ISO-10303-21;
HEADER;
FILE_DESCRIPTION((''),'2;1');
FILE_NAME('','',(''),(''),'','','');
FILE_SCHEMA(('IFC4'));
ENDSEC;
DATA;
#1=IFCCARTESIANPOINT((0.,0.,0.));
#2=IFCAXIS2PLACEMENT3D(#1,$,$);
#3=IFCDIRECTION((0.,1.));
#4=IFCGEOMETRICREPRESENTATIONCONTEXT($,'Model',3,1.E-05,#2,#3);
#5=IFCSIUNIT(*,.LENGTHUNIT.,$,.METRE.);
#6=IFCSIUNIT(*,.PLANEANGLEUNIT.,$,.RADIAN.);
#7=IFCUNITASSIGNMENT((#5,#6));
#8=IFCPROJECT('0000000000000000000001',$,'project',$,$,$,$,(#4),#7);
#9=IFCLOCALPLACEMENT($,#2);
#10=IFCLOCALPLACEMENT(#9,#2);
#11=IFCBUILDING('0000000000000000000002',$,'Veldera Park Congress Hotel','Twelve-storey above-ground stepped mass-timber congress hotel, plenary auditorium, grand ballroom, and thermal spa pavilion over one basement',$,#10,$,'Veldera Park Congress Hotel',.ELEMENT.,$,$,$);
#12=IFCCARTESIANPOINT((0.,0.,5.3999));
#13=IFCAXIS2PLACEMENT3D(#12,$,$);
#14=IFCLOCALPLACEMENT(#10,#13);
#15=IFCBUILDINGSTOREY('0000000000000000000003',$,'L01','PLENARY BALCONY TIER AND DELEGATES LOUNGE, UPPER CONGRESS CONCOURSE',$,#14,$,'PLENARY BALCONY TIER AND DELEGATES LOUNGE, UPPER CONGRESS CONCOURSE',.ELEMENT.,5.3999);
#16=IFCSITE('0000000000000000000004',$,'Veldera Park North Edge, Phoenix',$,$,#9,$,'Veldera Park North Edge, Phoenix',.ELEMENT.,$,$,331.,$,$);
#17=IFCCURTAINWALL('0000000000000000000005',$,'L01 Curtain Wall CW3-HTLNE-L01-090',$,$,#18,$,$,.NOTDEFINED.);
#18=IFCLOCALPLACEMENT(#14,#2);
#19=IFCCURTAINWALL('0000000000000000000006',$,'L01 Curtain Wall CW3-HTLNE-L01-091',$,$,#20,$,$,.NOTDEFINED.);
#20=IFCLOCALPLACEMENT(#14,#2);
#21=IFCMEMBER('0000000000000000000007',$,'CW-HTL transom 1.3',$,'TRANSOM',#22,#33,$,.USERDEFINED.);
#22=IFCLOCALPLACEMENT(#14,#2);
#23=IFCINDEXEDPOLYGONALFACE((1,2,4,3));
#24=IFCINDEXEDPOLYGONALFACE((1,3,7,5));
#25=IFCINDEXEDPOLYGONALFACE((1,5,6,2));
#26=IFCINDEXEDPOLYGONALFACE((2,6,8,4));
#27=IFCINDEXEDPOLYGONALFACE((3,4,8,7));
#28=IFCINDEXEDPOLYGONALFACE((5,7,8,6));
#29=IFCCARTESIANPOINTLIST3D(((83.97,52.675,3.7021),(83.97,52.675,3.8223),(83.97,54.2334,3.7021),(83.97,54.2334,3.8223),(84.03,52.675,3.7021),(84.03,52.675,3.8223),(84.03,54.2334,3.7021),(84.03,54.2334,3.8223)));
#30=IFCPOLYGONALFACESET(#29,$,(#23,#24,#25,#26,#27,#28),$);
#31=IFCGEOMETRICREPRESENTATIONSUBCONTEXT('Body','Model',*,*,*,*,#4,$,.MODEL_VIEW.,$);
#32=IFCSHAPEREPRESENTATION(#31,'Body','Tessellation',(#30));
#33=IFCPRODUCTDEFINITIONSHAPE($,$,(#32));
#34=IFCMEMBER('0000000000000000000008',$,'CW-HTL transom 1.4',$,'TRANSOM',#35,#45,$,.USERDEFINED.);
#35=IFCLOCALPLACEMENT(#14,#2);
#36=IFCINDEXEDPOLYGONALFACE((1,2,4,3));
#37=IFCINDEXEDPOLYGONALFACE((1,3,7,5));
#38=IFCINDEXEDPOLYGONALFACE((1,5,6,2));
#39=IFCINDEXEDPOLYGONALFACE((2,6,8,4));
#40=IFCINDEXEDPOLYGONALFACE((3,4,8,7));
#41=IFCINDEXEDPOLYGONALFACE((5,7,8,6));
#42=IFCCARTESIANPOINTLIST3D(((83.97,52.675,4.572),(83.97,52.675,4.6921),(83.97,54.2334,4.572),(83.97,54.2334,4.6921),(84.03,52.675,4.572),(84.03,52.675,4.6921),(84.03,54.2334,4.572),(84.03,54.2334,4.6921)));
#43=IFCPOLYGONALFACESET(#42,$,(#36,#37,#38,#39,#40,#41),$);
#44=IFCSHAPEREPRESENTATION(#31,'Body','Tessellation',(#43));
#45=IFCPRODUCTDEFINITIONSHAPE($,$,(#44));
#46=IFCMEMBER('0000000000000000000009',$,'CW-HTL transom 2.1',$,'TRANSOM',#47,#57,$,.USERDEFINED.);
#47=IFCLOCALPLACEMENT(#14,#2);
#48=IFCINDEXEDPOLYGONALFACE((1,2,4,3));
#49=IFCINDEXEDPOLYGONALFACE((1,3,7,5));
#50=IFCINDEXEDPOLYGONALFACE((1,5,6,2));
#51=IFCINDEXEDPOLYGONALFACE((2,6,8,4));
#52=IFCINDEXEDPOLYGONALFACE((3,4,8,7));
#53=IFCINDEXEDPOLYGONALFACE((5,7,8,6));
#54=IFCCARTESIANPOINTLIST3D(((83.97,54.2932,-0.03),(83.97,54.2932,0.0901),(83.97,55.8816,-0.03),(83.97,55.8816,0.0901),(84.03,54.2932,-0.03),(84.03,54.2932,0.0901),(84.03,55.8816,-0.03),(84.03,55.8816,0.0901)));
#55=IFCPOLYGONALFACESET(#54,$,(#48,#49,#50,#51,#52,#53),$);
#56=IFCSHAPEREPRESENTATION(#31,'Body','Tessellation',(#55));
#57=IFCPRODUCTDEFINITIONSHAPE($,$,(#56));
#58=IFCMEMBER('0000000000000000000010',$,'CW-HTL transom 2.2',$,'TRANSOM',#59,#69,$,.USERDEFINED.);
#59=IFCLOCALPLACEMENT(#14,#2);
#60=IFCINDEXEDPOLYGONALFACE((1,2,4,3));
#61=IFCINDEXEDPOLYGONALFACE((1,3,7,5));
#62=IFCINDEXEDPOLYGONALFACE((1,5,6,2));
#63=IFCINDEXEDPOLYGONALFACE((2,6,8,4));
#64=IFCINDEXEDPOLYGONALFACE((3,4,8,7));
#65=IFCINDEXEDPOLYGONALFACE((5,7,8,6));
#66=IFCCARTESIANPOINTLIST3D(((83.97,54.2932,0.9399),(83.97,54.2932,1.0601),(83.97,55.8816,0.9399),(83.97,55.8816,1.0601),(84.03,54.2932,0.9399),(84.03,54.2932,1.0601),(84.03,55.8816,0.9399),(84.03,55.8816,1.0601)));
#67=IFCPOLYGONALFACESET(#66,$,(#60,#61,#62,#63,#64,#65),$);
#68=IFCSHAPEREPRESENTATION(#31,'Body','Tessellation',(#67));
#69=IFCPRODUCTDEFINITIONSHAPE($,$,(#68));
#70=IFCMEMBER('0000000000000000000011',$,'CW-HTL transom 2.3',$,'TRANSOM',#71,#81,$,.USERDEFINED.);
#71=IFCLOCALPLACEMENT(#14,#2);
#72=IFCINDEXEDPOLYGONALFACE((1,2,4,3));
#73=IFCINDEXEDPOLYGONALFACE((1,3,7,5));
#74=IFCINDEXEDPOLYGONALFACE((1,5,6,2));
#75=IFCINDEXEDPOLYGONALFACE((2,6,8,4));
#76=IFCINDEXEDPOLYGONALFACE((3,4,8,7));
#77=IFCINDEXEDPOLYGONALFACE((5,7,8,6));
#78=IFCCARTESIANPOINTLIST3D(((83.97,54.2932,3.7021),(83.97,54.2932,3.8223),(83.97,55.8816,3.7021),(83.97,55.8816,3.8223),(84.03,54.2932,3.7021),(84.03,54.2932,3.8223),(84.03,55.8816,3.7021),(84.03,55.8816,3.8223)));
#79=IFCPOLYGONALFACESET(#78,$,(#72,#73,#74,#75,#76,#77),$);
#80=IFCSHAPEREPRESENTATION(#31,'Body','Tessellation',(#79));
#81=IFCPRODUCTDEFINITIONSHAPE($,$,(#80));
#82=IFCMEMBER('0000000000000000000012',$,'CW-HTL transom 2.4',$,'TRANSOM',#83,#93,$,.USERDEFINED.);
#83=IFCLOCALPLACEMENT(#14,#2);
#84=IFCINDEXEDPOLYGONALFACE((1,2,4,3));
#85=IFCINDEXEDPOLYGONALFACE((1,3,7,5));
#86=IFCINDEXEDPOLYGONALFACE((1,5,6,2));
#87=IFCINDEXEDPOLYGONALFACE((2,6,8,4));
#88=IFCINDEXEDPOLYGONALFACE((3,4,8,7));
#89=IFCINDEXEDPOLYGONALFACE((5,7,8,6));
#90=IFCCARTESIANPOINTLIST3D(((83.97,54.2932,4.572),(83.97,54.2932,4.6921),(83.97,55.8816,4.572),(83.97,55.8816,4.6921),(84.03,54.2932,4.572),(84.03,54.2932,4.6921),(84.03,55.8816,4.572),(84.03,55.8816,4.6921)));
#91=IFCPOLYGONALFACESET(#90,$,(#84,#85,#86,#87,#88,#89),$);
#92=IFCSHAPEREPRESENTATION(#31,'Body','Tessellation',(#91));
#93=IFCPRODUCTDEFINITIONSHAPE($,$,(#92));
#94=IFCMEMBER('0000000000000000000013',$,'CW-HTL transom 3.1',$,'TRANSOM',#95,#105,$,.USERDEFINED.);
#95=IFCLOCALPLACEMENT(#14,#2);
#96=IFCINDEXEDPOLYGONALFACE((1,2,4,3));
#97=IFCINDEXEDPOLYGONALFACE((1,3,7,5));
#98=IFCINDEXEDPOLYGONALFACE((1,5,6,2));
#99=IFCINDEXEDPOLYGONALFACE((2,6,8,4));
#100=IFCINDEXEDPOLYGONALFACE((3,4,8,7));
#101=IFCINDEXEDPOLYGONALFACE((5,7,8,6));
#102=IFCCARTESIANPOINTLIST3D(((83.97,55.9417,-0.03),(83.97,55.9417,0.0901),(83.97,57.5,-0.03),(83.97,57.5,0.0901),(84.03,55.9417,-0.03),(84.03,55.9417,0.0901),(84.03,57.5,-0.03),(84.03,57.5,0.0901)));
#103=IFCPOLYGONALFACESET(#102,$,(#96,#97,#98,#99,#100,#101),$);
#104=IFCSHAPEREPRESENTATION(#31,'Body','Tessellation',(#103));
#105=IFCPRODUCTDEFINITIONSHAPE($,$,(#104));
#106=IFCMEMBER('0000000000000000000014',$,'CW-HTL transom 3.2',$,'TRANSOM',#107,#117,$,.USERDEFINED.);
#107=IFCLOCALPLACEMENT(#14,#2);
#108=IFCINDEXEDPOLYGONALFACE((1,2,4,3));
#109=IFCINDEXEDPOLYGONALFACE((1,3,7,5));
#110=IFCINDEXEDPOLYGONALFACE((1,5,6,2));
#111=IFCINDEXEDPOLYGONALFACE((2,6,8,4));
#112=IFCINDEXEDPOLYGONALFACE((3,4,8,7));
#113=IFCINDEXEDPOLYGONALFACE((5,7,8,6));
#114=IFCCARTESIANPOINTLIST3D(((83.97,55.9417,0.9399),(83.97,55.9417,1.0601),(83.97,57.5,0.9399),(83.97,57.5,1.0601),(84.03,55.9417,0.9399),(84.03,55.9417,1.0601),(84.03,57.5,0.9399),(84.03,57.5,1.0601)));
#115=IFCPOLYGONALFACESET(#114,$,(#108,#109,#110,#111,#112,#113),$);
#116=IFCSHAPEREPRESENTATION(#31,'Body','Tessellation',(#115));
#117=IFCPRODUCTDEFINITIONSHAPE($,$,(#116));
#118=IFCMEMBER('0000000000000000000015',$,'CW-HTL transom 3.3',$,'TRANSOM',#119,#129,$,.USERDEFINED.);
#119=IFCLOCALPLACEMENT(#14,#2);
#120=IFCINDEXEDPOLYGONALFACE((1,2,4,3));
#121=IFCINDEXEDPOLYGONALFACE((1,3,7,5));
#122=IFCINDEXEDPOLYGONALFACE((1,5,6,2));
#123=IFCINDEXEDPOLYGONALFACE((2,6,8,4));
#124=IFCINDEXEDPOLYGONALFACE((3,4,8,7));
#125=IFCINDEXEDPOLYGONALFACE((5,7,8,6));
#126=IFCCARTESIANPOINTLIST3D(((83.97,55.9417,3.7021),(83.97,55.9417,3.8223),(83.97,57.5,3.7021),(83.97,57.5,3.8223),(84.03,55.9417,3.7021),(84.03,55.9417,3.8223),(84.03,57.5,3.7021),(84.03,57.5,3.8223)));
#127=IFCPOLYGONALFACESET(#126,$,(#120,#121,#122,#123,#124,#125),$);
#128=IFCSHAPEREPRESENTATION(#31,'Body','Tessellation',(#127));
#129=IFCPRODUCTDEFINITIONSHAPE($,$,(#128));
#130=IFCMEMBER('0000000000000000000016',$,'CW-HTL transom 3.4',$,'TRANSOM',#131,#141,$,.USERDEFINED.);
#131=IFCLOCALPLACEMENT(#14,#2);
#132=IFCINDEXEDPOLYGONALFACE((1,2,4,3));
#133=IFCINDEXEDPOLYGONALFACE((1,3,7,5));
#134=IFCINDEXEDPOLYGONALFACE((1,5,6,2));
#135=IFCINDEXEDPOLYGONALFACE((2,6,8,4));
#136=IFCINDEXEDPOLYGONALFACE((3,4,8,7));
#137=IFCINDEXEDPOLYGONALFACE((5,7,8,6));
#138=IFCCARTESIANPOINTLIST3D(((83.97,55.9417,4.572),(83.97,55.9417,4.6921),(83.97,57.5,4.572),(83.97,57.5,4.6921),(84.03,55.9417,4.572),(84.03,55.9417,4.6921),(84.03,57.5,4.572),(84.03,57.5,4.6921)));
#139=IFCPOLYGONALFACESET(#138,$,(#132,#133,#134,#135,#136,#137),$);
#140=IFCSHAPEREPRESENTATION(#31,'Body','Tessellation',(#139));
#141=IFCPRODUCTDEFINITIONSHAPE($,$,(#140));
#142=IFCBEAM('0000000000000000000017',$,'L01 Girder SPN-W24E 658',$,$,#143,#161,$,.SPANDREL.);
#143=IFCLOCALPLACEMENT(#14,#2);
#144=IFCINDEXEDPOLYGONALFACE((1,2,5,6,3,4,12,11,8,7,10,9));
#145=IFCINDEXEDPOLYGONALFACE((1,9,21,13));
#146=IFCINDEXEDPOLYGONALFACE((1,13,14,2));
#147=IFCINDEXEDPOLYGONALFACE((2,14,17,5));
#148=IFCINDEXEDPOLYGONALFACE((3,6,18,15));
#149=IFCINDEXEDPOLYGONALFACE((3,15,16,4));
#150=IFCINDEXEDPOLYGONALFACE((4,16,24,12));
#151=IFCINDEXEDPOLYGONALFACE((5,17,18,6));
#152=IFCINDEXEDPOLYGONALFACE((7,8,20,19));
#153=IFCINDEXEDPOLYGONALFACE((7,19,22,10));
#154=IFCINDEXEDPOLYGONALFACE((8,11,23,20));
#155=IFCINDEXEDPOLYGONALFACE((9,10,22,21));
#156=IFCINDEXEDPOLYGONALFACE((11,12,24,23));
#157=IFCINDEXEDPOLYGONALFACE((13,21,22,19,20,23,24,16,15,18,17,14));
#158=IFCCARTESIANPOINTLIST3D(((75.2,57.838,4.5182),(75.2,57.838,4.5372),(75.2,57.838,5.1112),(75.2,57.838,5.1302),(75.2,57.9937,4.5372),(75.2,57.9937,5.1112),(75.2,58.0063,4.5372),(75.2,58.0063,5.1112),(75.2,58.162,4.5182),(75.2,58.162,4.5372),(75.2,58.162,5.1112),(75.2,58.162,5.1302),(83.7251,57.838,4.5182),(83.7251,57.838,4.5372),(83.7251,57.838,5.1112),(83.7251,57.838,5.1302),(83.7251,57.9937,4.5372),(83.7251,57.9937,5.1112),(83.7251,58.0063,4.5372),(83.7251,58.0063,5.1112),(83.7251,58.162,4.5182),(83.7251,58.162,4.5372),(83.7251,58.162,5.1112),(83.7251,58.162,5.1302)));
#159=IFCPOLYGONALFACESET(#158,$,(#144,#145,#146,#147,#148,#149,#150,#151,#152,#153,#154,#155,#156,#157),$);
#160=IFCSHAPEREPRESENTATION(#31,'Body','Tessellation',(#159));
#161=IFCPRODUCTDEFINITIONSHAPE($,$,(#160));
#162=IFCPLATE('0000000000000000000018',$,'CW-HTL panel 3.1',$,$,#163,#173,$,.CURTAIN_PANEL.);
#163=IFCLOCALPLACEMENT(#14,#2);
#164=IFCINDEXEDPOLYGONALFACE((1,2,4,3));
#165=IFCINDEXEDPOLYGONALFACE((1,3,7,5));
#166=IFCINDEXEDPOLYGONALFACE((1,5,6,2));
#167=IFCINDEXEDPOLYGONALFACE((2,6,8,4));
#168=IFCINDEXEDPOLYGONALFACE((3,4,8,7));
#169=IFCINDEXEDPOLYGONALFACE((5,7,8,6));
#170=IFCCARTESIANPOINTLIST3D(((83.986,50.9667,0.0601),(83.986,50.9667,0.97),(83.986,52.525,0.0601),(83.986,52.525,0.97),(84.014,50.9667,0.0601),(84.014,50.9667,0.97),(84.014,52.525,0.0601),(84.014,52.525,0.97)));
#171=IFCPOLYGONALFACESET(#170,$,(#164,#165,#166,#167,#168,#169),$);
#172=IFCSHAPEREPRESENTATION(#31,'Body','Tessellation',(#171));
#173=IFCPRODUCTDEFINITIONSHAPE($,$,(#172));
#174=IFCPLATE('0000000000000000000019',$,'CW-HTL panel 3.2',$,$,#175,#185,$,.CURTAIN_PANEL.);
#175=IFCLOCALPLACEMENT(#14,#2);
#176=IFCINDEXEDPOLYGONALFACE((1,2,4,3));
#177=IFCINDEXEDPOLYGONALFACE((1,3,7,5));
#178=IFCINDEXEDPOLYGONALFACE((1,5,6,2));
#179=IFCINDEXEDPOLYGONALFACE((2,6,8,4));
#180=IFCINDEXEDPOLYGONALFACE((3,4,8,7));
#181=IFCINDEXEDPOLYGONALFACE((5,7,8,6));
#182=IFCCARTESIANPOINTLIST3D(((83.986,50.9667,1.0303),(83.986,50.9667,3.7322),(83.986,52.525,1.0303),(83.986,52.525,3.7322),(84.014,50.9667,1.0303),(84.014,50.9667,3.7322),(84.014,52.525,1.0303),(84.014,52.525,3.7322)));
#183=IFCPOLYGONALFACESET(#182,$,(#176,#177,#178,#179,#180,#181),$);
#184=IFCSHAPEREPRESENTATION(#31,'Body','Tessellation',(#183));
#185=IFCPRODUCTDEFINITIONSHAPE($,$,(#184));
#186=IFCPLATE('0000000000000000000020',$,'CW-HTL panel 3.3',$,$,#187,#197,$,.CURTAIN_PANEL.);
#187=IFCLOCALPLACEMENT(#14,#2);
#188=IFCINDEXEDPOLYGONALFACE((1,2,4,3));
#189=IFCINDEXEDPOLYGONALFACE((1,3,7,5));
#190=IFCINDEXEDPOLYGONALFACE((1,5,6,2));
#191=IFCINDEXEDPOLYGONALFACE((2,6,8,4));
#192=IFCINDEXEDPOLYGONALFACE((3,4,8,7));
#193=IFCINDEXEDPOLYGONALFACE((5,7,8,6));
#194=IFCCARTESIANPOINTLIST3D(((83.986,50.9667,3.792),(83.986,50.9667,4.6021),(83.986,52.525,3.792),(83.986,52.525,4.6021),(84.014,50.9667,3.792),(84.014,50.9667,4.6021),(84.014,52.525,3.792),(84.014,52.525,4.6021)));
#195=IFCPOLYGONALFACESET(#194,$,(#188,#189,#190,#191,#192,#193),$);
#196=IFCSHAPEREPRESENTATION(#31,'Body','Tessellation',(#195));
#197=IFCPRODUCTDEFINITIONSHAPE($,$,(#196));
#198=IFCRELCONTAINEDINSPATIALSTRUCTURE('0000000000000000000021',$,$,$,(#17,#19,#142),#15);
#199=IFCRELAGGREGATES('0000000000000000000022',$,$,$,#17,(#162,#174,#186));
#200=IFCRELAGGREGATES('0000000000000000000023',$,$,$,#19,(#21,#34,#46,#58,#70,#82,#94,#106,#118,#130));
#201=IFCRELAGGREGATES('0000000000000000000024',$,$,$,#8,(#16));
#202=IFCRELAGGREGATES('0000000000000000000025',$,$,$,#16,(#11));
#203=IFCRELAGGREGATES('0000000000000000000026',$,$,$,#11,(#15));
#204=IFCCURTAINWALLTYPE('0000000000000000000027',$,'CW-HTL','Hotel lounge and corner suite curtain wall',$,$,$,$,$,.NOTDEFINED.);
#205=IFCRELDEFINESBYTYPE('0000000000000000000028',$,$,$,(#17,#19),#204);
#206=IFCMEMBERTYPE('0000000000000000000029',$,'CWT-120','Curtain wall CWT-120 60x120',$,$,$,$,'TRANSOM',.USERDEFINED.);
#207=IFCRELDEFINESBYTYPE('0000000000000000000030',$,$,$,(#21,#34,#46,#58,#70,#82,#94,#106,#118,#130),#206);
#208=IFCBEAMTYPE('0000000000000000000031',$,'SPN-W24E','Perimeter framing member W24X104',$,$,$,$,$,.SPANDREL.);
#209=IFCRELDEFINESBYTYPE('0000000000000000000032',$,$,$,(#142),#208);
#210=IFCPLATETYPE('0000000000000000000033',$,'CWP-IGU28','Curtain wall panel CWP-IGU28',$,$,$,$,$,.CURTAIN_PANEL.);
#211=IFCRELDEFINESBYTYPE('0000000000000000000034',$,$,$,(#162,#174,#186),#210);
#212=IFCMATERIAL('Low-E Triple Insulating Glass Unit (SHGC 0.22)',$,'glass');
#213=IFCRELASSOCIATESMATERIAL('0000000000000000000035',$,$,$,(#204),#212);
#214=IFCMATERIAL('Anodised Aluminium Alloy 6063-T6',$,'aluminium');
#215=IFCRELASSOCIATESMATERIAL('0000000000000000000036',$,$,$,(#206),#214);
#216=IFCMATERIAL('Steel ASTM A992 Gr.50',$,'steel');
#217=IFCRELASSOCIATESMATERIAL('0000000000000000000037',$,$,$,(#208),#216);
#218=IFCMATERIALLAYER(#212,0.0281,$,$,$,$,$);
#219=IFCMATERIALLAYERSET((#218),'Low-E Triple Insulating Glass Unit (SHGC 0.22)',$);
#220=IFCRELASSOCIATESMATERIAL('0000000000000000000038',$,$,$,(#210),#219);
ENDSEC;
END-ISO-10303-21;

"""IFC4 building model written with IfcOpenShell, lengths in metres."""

from ifc_helpers import new_model, si_unit, direction, frame, origin, origin_2d, place, context, subcontext, project, spatial, rectangle, i_section, extrude, material, layer, layer_set, material_profile, profile_set, type_object, element, aggregate, save


model = new_model("IFC4")

# Units and contexts
model_context = context("Model", 3, precision=1e-05, world=origin(), true_north=direction((0.0, 1.0)))
body_context = subcontext(model_context, "Body", "Model", "MODEL_VIEW")
ifc_project = project(units=[si_unit("LENGTHUNIT", "METRE"), si_unit("PLANEANGLEUNIT", "RADIAN")], contexts=[model_context])

# Site, building, storey
site_placement = place(None, origin())
site = spatial("IfcSite", under=ifc_project, at=site_placement, Name="Veldera Park North Edge, Phoenix", LongName="Veldera Park North Edge, Phoenix", CompositionType="ELEMENT", RefElevation=331.0)
building_placement = place(site_placement, origin())
building = spatial("IfcBuilding", under=site, at=building_placement, Name="Veldera Park Congress Hotel", Description="Twelve-storey above-ground stepped mass-timber congress hotel, plenary auditorium, grand ballroom, and thermal spa pavilion over one basement", LongName="Veldera Park Congress Hotel", CompositionType="ELEMENT")
storey_placement = place(building_placement, frame((0.0, 0.0, 5.3999)))
storey = spatial("IfcBuildingStorey", under=building, at=storey_placement, Name="L01", Description="PLENARY BALCONY TIER AND DELEGATES LOUNGE, UPPER CONGRESS CONCOURSE", LongName="PLENARY BALCONY TIER AND DELEGATES LOUNGE, UPPER CONGRESS CONCOURSE", CompositionType="ELEMENT", Elevation=5.3999)

# Curtain walls
ifc_material_1 = material(Name="Low-E Triple Insulating Glass Unit (SHGC 0.22)", Category="glass")
curtain_wall_type = type_object("IfcCurtainWallType", Name="CW-HTL", Description="Hotel lounge and corner suite curtain wall", PredefinedType="NOTDEFINED", material=ifc_material_1)
curtain_wall_1_placement = place(storey_placement, origin())
curtain_wall_1 = element("IfcCurtainWall", 1, at=curtain_wall_1_placement, inside=storey, type_object=curtain_wall_type, Name="L01 Curtain Wall CW3-HTLNE-L01-090", PredefinedType="NOTDEFINED")
ifc_material_2 = material(Name="Anodised Aluminium Alloy 6063-T6", Category="aluminium")
curtain_wall_2_placement = place(storey_placement, origin())
curtain_wall_2 = element("IfcCurtainWall", 2, at=curtain_wall_2_placement, inside=storey, type_object=curtain_wall_type, Name="L01 Curtain Wall CW3-HTLNE-L01-091", PredefinedType="NOTDEFINED")

# Members
ifc_material_profile_1 = material_profile(ifc_material_2, rectangle(XDim=0.0601, YDim=0.1201, at=origin_2d()), Name="ALU 60x120")
ifc_profile_set_1 = profile_set([ifc_material_profile_1], Name="Anodised Aluminium Alloy 6063-T6")
member_type_1 = type_object("IfcMemberType", Name="CWT-120", Description="Curtain wall CWT-120 60x120", ElementType="TRANSOM", PredefinedType="USERDEFINED", material=ifc_profile_set_1)
member_1_placement = place(storey_placement, frame((84.0, 52.675, 3.7622), z_axis=(0.0, 1.0, 0.0), x_axis=(-1.0, 0.0, 0.0)))
member_1 = element("IfcMember", 3, at=member_1_placement, type_object=member_type_1, Name="CW-HTL transom 1.3", ObjectType="TRANSOM", PredefinedType="USERDEFINED", context=body_context, shape_type="SweptSolid", body=[
    extrude(rectangle(XDim=0.0601, YDim=0.1201, at=origin_2d()), origin(), (0.0, 0.0, 1.0), 1.5583),
])
member_2_placement = place(storey_placement, frame((84.0, 52.675, 4.6321), z_axis=(0.0, 1.0, 0.0), x_axis=(-1.0, 0.0, 0.0)))
member_2 = element("IfcMember", 4, at=member_2_placement, type_object=member_type_1, Name="CW-HTL transom 1.4", ObjectType="TRANSOM", PredefinedType="USERDEFINED", context=body_context, shape_type="SweptSolid", body=[
    extrude(rectangle(XDim=0.0601, YDim=0.1201, at=origin_2d()), origin(), (0.0, 0.0, 1.0), 1.5583),
])
member_3_placement = place(storey_placement, frame((84.0, 54.2932, 0.03), z_axis=(0.0, 1.0, 0.0), x_axis=(-1.0, 0.0, 0.0)))
member_3 = element("IfcMember", 5, at=member_3_placement, type_object=member_type_1, Name="CW-HTL transom 2.1", ObjectType="TRANSOM", PredefinedType="USERDEFINED", context=body_context, shape_type="SweptSolid", body=[
    extrude(rectangle(XDim=0.0601, YDim=0.1201, at=origin_2d()), origin(), (0.0, 0.0, 1.0), 1.5884),
])
member_4_placement = place(storey_placement, frame((84.0, 54.2932, 1.0), z_axis=(0.0, 1.0, 0.0), x_axis=(-1.0, 0.0, 0.0)))
member_4 = element("IfcMember", 6, at=member_4_placement, type_object=member_type_1, Name="CW-HTL transom 2.2", ObjectType="TRANSOM", PredefinedType="USERDEFINED", context=body_context, shape_type="SweptSolid", body=[
    extrude(rectangle(XDim=0.0601, YDim=0.1201, at=origin_2d()), origin(), (0.0, 0.0, 1.0), 1.5884),
])
member_5_placement = place(storey_placement, frame((84.0, 54.2932, 3.7622), z_axis=(0.0, 1.0, 0.0), x_axis=(-1.0, 0.0, 0.0)))
member_5 = element("IfcMember", 7, at=member_5_placement, type_object=member_type_1, Name="CW-HTL transom 2.3", ObjectType="TRANSOM", PredefinedType="USERDEFINED", context=body_context, shape_type="SweptSolid", body=[
    extrude(rectangle(XDim=0.0601, YDim=0.1201, at=origin_2d()), origin(), (0.0, 0.0, 1.0), 1.5884),
])
member_6_placement = place(storey_placement, frame((84.0, 54.2932, 4.6321), z_axis=(0.0, 1.0, 0.0), x_axis=(-1.0, 0.0, 0.0)))
member_6 = element("IfcMember", 8, at=member_6_placement, type_object=member_type_1, Name="CW-HTL transom 2.4", ObjectType="TRANSOM", PredefinedType="USERDEFINED", context=body_context, shape_type="SweptSolid", body=[
    extrude(rectangle(XDim=0.0601, YDim=0.1201, at=origin_2d()), origin(), (0.0, 0.0, 1.0), 1.5884),
])
member_7_placement = place(storey_placement, frame((84.0, 55.9417, 0.03), z_axis=(0.0, 1.0, 0.0), x_axis=(-1.0, 0.0, 0.0)))
member_7 = element("IfcMember", 9, at=member_7_placement, type_object=member_type_1, Name="CW-HTL transom 3.1", ObjectType="TRANSOM", PredefinedType="USERDEFINED", context=body_context, shape_type="SweptSolid", body=[
    extrude(rectangle(XDim=0.0601, YDim=0.1201, at=origin_2d()), origin(), (0.0, 0.0, 1.0), 1.5583),
])
member_8_placement = place(storey_placement, frame((84.0, 55.9417, 1.0), z_axis=(0.0, 1.0, 0.0), x_axis=(-1.0, 0.0, 0.0)))
member_8 = element("IfcMember", 10, at=member_8_placement, type_object=member_type_1, Name="CW-HTL transom 3.2", ObjectType="TRANSOM", PredefinedType="USERDEFINED", context=body_context, shape_type="SweptSolid", body=[
    extrude(rectangle(XDim=0.0601, YDim=0.1201, at=origin_2d()), origin(), (0.0, 0.0, 1.0), 1.5583),
])
member_9_placement = place(storey_placement, frame((84.0, 55.9417, 3.7622), z_axis=(0.0, 1.0, 0.0), x_axis=(-1.0, 0.0, 0.0)))
member_9 = element("IfcMember", 11, at=member_9_placement, type_object=member_type_1, Name="CW-HTL transom 3.3", ObjectType="TRANSOM", PredefinedType="USERDEFINED", context=body_context, shape_type="SweptSolid", body=[
    extrude(rectangle(XDim=0.0601, YDim=0.1201, at=origin_2d()), origin(), (0.0, 0.0, 1.0), 1.5583),
])
member_10_placement = place(storey_placement, frame((84.0, 55.9417, 4.6321), z_axis=(0.0, 1.0, 0.0), x_axis=(-1.0, 0.0, 0.0)))
member_10 = element("IfcMember", 12, at=member_10_placement, type_object=member_type_1, Name="CW-HTL transom 3.4", ObjectType="TRANSOM", PredefinedType="USERDEFINED", context=body_context, shape_type="SweptSolid", body=[
    extrude(rectangle(XDim=0.0601, YDim=0.1201, at=origin_2d()), origin(), (0.0, 0.0, 1.0), 1.5583),
])

# Beam
ifc_material_3 = material(Name="Steel ASTM A992 Gr.50", Category="steel")
ifc_material_profile_2 = material_profile(ifc_material_3, i_section(OverallWidth=0.324, OverallDepth=0.6121, WebThickness=0.0127, FlangeThickness=0.019, at=origin_2d()), Name="W24X104")
ifc_profile_set_2 = profile_set([ifc_material_profile_2], Name="Steel ASTM A992 Gr.50")
beam_type = type_object("IfcBeamType", Name="SPN-W24E", Description="Perimeter framing member W24X104", PredefinedType="SPANDREL", material=ifc_profile_set_2)
beam_placement = place(storey_placement, frame((75.2, 58.0, 4.8242), z_axis=(1.0, 0.0, 0.0), x_axis=(0.0, 1.0, 0.0)))
element("IfcBeam", 13, at=beam_placement, inside=storey, type_object=beam_type, Name="L01 Girder SPN-W24E 658", PredefinedType="SPANDREL", context=body_context, shape_type="SweptSolid", body=[
    extrude(i_section(OverallWidth=0.324, OverallDepth=0.6121, WebThickness=0.0127, FlangeThickness=0.019, at=origin_2d()), origin(), (0.0, 0.0, 1.0), 8.5251),
])

# Plates
ifc_layer_1 = layer(ifc_material_1, 0.0281)
ifc_layer_set_1 = layer_set([ifc_layer_1], Name="Low-E Triple Insulating Glass Unit (SHGC 0.22)")
plate_type = type_object("IfcPlateType", Name="CWP-IGU28", Description="Curtain wall panel CWP-IGU28", PredefinedType="CURTAIN_PANEL", material=ifc_layer_set_1)
plate_1_placement = place(storey_placement, frame((84.0, 51.7458, 0.0601), z_axis=(0.0, 0.0, 1.0), x_axis=(0.0, 1.0, 0.0)))
plate_1 = element("IfcPlate", 14, at=plate_1_placement, type_object=plate_type, Name="CW-HTL panel 3.1", PredefinedType="CURTAIN_PANEL", context=body_context, shape_type="SweptSolid", body=[
    extrude(rectangle(XDim=1.5583, YDim=0.0281, at=origin_2d()), origin(), (0.0, 0.0, 1.0), 0.9099),
])
plate_2_placement = place(storey_placement, frame((84.0, 51.7458, 1.0303), z_axis=(0.0, 0.0, 1.0), x_axis=(0.0, 1.0, 0.0)))
plate_2 = element("IfcPlate", 15, at=plate_2_placement, type_object=plate_type, Name="CW-HTL panel 3.2", PredefinedType="CURTAIN_PANEL", context=body_context, shape_type="SweptSolid", body=[
    extrude(rectangle(XDim=1.5583, YDim=0.0281, at=origin_2d()), origin(), (0.0, 0.0, 1.0), 2.7019),
])
plate_3_placement = place(storey_placement, frame((84.0, 51.7458, 3.792), z_axis=(0.0, 0.0, 1.0), x_axis=(0.0, 1.0, 0.0)))
plate_3 = element("IfcPlate", 16, at=plate_3_placement, type_object=plate_type, Name="CW-HTL panel 3.3", PredefinedType="CURTAIN_PANEL", context=body_context, shape_type="SweptSolid", body=[
    extrude(rectangle(XDim=1.5583, YDim=0.0281, at=origin_2d()), origin(), (0.0, 0.0, 1.0), 0.8101),
])
aggregate(curtain_wall_1, [plate_1, plate_2, plate_3])
aggregate(curtain_wall_2, [member_1, member_2, member_3, member_4, member_5, member_6, member_7, member_8, member_9, member_10])

save(model, "model.ifc")
